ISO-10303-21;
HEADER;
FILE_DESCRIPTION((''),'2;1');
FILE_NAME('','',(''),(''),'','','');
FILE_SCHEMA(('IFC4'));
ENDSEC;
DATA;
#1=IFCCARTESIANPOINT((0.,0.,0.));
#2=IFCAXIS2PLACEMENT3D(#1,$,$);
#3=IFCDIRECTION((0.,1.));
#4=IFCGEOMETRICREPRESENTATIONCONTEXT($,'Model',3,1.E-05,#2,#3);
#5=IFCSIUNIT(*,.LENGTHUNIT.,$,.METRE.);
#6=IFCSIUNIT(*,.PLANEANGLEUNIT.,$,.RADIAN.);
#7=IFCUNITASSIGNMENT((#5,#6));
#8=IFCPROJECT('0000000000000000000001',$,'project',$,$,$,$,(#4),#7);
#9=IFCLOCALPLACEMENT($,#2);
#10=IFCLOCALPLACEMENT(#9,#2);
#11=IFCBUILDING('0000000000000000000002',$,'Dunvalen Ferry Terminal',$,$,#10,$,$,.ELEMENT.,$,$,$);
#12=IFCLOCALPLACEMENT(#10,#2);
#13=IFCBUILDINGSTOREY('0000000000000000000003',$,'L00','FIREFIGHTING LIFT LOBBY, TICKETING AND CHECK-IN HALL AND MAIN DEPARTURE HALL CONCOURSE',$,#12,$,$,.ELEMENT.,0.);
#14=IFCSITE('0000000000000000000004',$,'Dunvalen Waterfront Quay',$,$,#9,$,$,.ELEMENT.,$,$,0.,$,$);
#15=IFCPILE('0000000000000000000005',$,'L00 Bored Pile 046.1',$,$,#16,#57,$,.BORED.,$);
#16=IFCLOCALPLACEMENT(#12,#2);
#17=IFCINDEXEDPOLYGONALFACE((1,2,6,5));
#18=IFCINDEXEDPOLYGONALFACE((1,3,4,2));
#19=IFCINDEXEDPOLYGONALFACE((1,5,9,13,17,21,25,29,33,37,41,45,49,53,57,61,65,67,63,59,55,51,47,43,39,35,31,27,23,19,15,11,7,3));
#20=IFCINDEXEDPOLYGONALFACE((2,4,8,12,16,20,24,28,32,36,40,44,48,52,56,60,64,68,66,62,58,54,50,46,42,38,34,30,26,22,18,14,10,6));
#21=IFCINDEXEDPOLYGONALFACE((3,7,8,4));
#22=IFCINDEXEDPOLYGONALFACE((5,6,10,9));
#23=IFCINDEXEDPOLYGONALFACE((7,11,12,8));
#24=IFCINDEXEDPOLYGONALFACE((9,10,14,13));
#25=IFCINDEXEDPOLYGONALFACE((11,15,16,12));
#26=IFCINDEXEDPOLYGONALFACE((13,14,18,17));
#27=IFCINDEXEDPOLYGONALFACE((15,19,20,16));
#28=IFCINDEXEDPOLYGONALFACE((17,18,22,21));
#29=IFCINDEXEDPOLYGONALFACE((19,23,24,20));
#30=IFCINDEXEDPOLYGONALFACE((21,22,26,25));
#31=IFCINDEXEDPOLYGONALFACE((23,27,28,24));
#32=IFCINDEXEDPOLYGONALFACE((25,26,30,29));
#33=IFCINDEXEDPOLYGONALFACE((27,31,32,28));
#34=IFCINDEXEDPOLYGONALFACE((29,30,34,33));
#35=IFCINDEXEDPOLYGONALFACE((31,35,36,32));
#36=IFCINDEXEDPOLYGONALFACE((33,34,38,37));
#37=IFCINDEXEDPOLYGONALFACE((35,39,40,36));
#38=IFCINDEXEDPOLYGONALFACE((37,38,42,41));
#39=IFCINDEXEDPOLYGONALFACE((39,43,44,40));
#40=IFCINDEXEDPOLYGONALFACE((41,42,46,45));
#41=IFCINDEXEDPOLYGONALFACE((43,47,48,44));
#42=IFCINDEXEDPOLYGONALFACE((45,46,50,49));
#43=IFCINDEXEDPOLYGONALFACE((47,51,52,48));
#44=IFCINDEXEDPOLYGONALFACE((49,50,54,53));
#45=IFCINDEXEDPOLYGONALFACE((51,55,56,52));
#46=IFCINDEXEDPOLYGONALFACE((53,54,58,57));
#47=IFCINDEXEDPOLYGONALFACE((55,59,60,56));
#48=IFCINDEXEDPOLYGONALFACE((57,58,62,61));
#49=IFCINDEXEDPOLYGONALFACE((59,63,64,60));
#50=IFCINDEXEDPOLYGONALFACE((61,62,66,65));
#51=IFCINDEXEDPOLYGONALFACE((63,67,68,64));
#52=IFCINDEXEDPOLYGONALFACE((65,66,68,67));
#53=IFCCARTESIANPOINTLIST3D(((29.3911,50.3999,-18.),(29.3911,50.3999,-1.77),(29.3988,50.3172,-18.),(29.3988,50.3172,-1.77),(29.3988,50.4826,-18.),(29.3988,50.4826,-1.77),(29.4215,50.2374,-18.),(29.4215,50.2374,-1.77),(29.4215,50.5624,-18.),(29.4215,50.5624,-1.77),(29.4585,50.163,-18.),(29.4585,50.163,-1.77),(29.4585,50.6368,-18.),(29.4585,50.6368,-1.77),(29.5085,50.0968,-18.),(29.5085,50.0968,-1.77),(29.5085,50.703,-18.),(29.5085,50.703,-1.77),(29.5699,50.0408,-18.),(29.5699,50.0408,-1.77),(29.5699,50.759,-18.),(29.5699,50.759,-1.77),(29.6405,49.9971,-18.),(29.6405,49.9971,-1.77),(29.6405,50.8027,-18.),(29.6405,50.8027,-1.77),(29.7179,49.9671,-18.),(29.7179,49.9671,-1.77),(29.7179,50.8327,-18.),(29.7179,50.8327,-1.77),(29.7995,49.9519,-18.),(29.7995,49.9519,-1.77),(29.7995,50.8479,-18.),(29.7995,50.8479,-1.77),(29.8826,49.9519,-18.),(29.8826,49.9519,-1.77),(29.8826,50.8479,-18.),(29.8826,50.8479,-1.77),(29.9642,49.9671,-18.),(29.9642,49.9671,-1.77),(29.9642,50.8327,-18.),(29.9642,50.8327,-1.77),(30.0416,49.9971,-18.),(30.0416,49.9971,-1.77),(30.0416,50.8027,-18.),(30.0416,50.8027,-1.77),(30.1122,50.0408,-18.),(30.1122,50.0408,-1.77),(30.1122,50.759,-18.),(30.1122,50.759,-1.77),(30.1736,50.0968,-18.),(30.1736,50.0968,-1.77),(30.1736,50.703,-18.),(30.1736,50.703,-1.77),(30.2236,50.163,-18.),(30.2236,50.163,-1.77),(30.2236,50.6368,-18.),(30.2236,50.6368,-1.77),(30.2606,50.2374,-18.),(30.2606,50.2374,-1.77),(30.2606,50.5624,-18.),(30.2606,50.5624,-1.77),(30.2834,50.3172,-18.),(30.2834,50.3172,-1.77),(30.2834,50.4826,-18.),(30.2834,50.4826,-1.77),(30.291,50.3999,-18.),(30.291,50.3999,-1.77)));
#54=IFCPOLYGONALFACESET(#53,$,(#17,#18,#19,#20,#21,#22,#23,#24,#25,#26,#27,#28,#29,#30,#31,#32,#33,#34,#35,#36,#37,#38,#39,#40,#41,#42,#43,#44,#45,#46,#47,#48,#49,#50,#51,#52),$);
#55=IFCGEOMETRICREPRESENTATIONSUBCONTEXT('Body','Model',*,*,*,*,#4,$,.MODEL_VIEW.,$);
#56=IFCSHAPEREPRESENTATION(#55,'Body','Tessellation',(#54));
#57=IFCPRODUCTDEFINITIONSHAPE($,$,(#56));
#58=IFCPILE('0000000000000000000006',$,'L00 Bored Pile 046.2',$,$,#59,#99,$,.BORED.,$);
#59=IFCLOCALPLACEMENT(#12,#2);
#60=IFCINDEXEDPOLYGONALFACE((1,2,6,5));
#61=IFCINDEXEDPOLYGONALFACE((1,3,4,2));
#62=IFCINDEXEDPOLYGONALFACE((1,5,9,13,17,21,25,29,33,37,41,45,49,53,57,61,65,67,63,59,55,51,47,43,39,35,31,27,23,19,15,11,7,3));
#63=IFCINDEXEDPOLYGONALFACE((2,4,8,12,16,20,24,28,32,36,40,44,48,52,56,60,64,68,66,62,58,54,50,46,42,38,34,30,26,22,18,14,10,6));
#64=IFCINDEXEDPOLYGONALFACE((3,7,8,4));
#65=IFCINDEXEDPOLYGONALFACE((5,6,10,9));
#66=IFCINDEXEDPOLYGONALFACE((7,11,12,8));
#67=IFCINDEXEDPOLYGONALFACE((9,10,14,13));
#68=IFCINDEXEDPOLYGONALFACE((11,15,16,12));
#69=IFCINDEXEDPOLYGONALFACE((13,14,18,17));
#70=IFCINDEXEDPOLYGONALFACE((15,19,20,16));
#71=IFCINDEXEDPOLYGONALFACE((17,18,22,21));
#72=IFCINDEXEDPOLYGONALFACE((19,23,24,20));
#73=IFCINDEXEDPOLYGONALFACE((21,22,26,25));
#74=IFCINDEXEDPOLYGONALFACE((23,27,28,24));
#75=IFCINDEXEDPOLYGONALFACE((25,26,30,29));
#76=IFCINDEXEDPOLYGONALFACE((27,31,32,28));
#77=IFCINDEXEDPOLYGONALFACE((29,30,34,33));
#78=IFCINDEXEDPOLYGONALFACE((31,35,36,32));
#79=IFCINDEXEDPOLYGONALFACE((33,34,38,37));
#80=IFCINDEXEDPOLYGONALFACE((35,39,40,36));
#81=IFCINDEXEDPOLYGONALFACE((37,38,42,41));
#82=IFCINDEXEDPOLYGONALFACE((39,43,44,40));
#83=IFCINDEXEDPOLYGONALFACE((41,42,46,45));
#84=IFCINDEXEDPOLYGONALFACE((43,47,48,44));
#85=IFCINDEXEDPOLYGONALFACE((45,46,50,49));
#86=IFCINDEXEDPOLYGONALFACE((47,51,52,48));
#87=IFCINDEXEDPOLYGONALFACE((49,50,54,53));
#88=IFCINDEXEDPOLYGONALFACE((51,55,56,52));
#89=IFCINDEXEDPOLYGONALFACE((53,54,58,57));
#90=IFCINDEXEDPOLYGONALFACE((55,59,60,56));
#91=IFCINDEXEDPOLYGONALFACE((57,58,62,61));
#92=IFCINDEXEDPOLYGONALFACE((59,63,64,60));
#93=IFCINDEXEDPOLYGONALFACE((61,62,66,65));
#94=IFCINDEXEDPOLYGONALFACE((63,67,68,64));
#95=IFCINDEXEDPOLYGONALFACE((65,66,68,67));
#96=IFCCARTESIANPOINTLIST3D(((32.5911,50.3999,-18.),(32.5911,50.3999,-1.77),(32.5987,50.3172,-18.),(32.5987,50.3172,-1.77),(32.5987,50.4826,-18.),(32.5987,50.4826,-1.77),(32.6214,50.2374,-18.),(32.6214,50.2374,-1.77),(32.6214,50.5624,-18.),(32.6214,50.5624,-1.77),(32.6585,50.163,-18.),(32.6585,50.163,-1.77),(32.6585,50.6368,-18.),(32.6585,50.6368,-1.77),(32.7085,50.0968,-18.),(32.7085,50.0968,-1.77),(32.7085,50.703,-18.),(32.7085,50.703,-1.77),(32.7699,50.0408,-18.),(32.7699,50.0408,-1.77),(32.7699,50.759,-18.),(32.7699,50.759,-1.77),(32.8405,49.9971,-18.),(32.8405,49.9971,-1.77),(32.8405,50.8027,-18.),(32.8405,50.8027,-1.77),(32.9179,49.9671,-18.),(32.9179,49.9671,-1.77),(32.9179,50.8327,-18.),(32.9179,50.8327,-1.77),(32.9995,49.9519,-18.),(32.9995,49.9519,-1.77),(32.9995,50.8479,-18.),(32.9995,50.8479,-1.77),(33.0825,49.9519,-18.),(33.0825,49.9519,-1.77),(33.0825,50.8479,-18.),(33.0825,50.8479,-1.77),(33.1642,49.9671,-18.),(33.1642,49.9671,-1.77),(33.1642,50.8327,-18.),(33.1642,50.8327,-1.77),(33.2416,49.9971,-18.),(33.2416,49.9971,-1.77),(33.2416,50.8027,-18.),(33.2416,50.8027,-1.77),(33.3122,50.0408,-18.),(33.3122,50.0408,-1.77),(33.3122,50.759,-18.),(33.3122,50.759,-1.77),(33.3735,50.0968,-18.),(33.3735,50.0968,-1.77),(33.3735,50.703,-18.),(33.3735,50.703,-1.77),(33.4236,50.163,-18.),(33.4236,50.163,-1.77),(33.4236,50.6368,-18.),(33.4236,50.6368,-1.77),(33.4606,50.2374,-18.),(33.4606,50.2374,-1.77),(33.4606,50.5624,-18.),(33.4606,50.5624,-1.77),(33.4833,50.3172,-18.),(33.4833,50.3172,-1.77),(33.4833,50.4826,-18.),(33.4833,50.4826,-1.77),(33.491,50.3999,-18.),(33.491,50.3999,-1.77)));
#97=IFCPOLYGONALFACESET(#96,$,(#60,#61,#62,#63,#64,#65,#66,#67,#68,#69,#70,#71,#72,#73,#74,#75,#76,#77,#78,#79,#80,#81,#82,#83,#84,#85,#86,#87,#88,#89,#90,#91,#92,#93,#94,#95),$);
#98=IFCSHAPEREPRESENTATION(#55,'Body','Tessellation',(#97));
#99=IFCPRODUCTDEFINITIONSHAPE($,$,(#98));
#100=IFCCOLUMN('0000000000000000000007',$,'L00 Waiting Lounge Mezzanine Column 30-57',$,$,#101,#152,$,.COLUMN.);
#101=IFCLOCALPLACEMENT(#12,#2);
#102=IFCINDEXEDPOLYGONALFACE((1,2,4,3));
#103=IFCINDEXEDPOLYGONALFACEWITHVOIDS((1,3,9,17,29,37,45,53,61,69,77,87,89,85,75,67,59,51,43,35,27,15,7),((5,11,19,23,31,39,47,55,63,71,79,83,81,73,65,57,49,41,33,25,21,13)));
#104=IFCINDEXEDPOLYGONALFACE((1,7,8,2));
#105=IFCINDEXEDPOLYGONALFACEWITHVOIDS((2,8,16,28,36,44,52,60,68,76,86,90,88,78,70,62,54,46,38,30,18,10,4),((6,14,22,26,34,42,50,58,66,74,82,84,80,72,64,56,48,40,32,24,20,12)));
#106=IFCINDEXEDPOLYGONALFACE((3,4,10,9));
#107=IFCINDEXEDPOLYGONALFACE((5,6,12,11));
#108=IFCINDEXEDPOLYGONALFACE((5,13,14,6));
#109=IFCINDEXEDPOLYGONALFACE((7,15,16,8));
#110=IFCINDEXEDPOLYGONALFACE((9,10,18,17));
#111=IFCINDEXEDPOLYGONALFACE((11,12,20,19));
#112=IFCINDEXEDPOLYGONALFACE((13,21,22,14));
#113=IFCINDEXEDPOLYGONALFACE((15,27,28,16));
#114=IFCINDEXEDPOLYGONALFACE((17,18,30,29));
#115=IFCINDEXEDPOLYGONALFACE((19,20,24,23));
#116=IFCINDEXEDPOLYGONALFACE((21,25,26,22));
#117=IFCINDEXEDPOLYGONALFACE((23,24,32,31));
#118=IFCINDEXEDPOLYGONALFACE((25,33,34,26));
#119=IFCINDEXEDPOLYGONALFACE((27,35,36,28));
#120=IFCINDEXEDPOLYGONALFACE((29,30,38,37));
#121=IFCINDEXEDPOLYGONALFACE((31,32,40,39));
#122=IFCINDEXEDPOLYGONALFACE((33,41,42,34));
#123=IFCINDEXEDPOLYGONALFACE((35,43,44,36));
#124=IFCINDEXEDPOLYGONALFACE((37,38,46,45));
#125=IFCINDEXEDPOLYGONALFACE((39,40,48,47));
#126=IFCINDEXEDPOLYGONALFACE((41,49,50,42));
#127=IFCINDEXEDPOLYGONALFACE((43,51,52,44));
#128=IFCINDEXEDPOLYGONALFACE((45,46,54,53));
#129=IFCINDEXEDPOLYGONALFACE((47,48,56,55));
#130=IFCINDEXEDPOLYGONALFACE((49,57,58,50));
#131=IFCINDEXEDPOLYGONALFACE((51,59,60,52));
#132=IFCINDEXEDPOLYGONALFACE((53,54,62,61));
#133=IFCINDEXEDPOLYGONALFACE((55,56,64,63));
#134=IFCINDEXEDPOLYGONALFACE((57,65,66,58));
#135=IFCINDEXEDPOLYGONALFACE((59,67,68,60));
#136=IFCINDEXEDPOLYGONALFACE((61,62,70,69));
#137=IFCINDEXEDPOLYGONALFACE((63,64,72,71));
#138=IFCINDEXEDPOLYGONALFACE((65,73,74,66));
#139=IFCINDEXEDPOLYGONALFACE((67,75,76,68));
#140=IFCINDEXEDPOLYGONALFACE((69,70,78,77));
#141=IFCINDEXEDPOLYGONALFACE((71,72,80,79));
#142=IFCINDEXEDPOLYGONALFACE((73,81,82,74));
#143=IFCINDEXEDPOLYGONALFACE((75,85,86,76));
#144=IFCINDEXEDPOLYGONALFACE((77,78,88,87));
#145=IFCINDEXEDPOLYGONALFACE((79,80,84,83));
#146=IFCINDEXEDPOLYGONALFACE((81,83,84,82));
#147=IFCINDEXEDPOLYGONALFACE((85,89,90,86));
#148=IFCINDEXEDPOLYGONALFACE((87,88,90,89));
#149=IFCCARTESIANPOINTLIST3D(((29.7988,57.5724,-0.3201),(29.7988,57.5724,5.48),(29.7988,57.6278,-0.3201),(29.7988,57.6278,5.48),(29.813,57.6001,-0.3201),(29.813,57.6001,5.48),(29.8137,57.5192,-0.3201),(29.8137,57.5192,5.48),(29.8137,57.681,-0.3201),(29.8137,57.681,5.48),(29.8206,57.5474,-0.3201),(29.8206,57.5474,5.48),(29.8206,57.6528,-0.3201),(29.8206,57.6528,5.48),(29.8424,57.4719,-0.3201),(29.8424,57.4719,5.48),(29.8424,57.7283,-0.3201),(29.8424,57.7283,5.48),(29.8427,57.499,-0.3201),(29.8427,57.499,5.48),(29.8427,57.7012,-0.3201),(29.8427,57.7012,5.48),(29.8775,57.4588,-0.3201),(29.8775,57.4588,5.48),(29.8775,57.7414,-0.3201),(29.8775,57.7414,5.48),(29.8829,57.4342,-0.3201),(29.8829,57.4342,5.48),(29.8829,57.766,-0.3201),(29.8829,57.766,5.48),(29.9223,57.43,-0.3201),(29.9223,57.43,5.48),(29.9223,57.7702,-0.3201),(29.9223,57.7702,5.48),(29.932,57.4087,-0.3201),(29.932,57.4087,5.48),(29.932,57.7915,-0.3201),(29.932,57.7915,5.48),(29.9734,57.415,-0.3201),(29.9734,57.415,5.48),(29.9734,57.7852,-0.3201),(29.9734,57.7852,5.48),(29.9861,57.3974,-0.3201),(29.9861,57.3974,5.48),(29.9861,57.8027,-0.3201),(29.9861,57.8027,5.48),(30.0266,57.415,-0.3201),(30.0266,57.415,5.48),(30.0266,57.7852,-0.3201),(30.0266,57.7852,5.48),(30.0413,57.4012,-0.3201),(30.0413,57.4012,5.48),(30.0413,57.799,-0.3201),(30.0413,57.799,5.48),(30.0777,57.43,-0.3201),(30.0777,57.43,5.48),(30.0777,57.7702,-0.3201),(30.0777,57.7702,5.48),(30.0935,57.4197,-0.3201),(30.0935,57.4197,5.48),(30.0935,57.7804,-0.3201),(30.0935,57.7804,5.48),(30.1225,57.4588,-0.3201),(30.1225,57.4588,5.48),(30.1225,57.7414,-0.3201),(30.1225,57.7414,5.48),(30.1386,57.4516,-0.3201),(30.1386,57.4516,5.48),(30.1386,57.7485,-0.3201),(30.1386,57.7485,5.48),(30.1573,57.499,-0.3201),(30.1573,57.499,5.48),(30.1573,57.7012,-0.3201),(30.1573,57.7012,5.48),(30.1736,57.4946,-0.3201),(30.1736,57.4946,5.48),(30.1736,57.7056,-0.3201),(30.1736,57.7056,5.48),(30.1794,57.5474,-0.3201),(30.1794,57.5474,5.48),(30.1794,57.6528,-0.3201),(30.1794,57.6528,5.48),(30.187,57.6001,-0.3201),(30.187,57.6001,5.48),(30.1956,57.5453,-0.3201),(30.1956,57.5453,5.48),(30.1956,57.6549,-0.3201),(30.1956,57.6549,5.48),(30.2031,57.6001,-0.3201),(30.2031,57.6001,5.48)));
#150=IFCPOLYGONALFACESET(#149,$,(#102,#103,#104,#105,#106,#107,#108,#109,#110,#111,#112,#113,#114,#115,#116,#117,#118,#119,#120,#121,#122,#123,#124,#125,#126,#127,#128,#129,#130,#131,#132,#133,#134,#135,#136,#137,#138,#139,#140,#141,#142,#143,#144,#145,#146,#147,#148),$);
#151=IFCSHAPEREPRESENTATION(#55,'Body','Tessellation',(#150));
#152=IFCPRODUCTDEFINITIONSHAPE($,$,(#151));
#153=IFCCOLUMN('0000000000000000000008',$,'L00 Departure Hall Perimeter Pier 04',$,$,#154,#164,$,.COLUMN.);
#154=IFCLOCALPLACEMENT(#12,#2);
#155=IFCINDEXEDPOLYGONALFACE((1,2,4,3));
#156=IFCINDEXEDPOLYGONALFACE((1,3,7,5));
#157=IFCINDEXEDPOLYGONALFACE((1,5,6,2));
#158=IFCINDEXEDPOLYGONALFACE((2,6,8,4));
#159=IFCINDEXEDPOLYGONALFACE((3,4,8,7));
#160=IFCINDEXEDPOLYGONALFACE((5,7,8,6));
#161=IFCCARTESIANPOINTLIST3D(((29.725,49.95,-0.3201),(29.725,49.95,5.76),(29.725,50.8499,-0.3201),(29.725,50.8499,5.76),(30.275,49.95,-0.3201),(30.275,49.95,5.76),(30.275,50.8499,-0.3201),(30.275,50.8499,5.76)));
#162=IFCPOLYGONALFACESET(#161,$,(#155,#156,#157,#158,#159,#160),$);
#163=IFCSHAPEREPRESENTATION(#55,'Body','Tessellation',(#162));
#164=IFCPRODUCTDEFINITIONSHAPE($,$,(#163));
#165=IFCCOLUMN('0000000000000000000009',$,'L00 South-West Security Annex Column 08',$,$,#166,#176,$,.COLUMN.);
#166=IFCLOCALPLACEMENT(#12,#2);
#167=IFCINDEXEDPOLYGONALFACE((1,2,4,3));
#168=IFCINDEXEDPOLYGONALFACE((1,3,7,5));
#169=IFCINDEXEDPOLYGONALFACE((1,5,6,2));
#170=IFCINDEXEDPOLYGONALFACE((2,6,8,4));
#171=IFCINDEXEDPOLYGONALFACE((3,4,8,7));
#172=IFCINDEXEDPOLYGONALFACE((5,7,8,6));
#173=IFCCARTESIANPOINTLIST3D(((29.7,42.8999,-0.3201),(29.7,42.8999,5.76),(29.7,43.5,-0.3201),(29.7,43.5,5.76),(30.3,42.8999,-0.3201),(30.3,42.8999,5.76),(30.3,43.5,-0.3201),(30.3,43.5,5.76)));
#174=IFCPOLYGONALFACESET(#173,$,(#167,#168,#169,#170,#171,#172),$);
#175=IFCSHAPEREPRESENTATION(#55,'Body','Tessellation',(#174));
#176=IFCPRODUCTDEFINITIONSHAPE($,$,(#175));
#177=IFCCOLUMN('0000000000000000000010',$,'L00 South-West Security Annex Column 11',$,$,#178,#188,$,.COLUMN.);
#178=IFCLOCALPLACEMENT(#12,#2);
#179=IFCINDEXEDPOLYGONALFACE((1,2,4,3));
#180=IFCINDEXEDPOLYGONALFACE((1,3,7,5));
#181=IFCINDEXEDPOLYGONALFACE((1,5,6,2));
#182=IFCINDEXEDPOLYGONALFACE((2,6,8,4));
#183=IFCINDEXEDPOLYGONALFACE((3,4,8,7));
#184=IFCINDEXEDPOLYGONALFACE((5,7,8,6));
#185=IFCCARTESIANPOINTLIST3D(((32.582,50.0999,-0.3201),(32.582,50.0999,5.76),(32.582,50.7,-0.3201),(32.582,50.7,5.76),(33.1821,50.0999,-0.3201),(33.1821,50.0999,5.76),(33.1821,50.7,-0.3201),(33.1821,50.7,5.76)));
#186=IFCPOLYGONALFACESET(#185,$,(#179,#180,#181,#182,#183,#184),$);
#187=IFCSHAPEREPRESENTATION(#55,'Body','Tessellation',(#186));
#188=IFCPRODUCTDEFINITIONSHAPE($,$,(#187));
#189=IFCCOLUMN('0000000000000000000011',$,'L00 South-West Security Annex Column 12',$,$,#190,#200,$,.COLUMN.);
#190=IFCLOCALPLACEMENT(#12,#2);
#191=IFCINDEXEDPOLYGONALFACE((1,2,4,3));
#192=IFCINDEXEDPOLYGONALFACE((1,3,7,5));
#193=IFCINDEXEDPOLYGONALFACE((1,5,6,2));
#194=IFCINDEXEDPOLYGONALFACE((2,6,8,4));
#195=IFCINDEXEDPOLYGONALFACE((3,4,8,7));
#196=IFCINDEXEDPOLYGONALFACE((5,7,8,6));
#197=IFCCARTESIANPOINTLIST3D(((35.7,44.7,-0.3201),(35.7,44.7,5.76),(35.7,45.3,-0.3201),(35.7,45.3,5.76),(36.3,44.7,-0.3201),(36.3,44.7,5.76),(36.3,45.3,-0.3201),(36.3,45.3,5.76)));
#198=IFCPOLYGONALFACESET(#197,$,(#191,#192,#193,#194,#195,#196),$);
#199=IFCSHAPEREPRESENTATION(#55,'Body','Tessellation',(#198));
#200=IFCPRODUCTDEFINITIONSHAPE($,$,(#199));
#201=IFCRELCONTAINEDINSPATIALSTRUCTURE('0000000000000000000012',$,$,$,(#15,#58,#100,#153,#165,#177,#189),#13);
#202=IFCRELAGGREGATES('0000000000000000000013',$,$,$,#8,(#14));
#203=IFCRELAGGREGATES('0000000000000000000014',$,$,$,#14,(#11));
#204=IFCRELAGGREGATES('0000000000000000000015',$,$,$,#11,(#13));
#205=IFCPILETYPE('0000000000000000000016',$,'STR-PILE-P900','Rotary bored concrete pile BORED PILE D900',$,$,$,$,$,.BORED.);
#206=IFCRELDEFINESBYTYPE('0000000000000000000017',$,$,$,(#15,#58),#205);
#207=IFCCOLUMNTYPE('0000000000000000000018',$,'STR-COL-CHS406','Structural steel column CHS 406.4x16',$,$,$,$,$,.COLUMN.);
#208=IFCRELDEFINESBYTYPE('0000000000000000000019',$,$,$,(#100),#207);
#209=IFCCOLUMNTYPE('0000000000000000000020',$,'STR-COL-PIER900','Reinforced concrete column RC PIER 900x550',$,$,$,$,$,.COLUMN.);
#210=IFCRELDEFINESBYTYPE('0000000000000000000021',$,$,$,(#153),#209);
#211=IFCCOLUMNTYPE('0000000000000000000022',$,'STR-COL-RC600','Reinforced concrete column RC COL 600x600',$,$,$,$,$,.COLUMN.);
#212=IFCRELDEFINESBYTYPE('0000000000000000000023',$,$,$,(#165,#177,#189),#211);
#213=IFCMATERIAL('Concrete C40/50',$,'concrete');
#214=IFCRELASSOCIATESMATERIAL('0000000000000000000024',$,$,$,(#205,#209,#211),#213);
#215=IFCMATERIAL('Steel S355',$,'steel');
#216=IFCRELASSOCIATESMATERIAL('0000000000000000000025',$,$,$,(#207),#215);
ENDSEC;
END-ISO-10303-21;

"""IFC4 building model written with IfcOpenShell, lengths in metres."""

from ifc_helpers import new_model, si_unit, direction, frame, origin, origin_2d, place, context, subcontext, project, spatial, rectangle, circle, hollow_circle, extrude, material, material_profile, profile_set, type_object, element, save


model = new_model("IFC4")

# Units and contexts
model_context = context("Model", 3, precision=1e-05, world=origin(), true_north=direction((0.0, 1.0)))
body_context = subcontext(model_context, "Body", "Model", "MODEL_VIEW")
ifc_project = project(units=[si_unit("LENGTHUNIT", "METRE"), si_unit("PLANEANGLEUNIT", "RADIAN")], contexts=[model_context])

# Site, building, storey
site_placement = place(None, origin())
site = spatial("IfcSite", under=ifc_project, at=site_placement, Name="Dunvalen Waterfront Quay", CompositionType="ELEMENT", RefElevation=0.0)
building_placement = place(site_placement, origin())
building = spatial("IfcBuilding", under=site, at=building_placement, Name="Dunvalen Ferry Terminal", CompositionType="ELEMENT")
storey_placement = place(building_placement, origin())
storey = spatial("IfcBuildingStorey", under=building, at=storey_placement, Name="L00", Description="FIREFIGHTING LIFT LOBBY, TICKETING AND CHECK-IN HALL AND MAIN DEPARTURE HALL CONCOURSE", CompositionType="ELEMENT", Elevation=0.0)

# Shared definitions
ifc_material_1 = material(Name="Concrete C40/50", Category="concrete")

# Piles
ifc_material_profile_1 = material_profile(ifc_material_1, circle(Radius=0.45, at=origin_2d()), Name="Concrete C40/50")
ifc_profile_set_1 = profile_set([ifc_material_profile_1], Name="Concrete C40/50")
pile_type_1 = type_object("IfcPileType", Name="STR-PILE-P900", Description="Rotary bored concrete pile BORED PILE D900", PredefinedType="BORED", material=ifc_profile_set_1)
for number, where, z_axis, x_axis, name in (
    (1, (29.8411, 50.3999, -1.77), (0.0, 0.0, -1.0), (1.0, 0.0, 0.0), "L00 Bored Pile 046.1"),
    (2, (33.041, 50.3999, -1.77), (0.0, 0.0, -1.0), (1.0, 0.0, 0.0), "L00 Bored Pile 046.2"),
):
    element("IfcPile", number, at=place(storey_placement, frame(where, z_axis=z_axis, x_axis=x_axis)), inside=storey, type_object=pile_type_1, Name=name, PredefinedType="BORED", context=body_context, shape_type="SweptSolid", body=[
        extrude(circle(Radius=0.45, at=origin_2d()), origin(), (0.0, 0.0, 1.0), 16.23),
    ])

# Columns
ifc_material_2 = material(Name="Steel S355", Category="steel")
ifc_material_profile_2 = material_profile(ifc_material_2, hollow_circle(Radius=0.2031, WallThickness=0.0161, at=origin_2d()), Name="Steel S355")
ifc_profile_set_2 = profile_set([ifc_material_profile_2], Name="Steel S355")
column_type_1 = type_object("IfcColumnType", Name="STR-COL-CHS406", Description="Structural steel column CHS 406.4x16", PredefinedType="COLUMN", material=ifc_profile_set_2)
column_1_placement = place(storey_placement, frame((30.0, 57.6001, -0.3201), z_axis=(0.0, 0.0, 1.0), x_axis=(1.0, 0.0, 0.0)))
element("IfcColumn", 3, at=column_1_placement, inside=storey, type_object=column_type_1, Name="L00 Waiting Lounge Mezzanine Column 30-57", PredefinedType="COLUMN", context=body_context, shape_type="SweptSolid", body=[
    extrude(hollow_circle(Radius=0.2031, WallThickness=0.0161, at=origin_2d()), origin(), (0.0, 0.0, 1.0), 5.8),
])
ifc_material_profile_3 = material_profile(ifc_material_1, rectangle(XDim=0.55, YDim=0.8999, at=origin_2d()), Name="Concrete C40/50")
ifc_profile_set_3 = profile_set([ifc_material_profile_3], Name="Concrete C40/50")
column_type_2 = type_object("IfcColumnType", Name="STR-COL-PIER900", Description="Reinforced concrete column RC PIER 900x550", PredefinedType="COLUMN", material=ifc_profile_set_3)
column_2_placement = place(storey_placement, frame((30.0, 50.3999, -0.3201), z_axis=(0.0, 0.0, 1.0), x_axis=(1.0, 0.0, 0.0)))
element("IfcColumn", 4, at=column_2_placement, inside=storey, type_object=column_type_2, Name="L00 Departure Hall Perimeter Pier 04", PredefinedType="COLUMN", context=body_context, shape_type="SweptSolid", body=[
    extrude(rectangle(XDim=0.55, YDim=0.8999, at=origin_2d()), origin(), (0.0, 0.0, 1.0), 6.0801),
])
ifc_material_profile_4 = material_profile(ifc_material_1, rectangle(XDim=0.6001, YDim=0.6001, at=origin_2d()), Name="Concrete C40/50")
ifc_profile_set_4 = profile_set([ifc_material_profile_4], Name="Concrete C40/50")
column_type_3 = type_object("IfcColumnType", Name="STR-COL-RC600", Description="Reinforced concrete column RC COL 600x600", PredefinedType="COLUMN", material=ifc_profile_set_4)
for number, where, z_axis, x_axis, name in (
    (5, (30.0, 43.2, -0.3201), (0.0, 0.0, 1.0), (1.0, 0.0, 0.0), "L00 South-West Security Annex Column 08"),
    (6, (32.8821, 50.3999, -0.3201), (0.0, 0.0, 1.0), (1.0, 0.0, 0.0), "L00 South-West Security Annex Column 11"),
    (7, (36.0, 45.0, -0.3201), (0.0, 0.0, 1.0), (1.0, 0.0, 0.0), "L00 South-West Security Annex Column 12"),
):
    element("IfcColumn", number, at=place(storey_placement, frame(where, z_axis=z_axis, x_axis=x_axis)), inside=storey, type_object=column_type_3, Name=name, PredefinedType="COLUMN", context=body_context, shape_type="SweptSolid", body=[
        extrude(rectangle(XDim=0.6001, YDim=0.6001, at=origin_2d()), origin(), (0.0, 0.0, 1.0), 6.0801),
    ])

save(model, "model.ifc")
